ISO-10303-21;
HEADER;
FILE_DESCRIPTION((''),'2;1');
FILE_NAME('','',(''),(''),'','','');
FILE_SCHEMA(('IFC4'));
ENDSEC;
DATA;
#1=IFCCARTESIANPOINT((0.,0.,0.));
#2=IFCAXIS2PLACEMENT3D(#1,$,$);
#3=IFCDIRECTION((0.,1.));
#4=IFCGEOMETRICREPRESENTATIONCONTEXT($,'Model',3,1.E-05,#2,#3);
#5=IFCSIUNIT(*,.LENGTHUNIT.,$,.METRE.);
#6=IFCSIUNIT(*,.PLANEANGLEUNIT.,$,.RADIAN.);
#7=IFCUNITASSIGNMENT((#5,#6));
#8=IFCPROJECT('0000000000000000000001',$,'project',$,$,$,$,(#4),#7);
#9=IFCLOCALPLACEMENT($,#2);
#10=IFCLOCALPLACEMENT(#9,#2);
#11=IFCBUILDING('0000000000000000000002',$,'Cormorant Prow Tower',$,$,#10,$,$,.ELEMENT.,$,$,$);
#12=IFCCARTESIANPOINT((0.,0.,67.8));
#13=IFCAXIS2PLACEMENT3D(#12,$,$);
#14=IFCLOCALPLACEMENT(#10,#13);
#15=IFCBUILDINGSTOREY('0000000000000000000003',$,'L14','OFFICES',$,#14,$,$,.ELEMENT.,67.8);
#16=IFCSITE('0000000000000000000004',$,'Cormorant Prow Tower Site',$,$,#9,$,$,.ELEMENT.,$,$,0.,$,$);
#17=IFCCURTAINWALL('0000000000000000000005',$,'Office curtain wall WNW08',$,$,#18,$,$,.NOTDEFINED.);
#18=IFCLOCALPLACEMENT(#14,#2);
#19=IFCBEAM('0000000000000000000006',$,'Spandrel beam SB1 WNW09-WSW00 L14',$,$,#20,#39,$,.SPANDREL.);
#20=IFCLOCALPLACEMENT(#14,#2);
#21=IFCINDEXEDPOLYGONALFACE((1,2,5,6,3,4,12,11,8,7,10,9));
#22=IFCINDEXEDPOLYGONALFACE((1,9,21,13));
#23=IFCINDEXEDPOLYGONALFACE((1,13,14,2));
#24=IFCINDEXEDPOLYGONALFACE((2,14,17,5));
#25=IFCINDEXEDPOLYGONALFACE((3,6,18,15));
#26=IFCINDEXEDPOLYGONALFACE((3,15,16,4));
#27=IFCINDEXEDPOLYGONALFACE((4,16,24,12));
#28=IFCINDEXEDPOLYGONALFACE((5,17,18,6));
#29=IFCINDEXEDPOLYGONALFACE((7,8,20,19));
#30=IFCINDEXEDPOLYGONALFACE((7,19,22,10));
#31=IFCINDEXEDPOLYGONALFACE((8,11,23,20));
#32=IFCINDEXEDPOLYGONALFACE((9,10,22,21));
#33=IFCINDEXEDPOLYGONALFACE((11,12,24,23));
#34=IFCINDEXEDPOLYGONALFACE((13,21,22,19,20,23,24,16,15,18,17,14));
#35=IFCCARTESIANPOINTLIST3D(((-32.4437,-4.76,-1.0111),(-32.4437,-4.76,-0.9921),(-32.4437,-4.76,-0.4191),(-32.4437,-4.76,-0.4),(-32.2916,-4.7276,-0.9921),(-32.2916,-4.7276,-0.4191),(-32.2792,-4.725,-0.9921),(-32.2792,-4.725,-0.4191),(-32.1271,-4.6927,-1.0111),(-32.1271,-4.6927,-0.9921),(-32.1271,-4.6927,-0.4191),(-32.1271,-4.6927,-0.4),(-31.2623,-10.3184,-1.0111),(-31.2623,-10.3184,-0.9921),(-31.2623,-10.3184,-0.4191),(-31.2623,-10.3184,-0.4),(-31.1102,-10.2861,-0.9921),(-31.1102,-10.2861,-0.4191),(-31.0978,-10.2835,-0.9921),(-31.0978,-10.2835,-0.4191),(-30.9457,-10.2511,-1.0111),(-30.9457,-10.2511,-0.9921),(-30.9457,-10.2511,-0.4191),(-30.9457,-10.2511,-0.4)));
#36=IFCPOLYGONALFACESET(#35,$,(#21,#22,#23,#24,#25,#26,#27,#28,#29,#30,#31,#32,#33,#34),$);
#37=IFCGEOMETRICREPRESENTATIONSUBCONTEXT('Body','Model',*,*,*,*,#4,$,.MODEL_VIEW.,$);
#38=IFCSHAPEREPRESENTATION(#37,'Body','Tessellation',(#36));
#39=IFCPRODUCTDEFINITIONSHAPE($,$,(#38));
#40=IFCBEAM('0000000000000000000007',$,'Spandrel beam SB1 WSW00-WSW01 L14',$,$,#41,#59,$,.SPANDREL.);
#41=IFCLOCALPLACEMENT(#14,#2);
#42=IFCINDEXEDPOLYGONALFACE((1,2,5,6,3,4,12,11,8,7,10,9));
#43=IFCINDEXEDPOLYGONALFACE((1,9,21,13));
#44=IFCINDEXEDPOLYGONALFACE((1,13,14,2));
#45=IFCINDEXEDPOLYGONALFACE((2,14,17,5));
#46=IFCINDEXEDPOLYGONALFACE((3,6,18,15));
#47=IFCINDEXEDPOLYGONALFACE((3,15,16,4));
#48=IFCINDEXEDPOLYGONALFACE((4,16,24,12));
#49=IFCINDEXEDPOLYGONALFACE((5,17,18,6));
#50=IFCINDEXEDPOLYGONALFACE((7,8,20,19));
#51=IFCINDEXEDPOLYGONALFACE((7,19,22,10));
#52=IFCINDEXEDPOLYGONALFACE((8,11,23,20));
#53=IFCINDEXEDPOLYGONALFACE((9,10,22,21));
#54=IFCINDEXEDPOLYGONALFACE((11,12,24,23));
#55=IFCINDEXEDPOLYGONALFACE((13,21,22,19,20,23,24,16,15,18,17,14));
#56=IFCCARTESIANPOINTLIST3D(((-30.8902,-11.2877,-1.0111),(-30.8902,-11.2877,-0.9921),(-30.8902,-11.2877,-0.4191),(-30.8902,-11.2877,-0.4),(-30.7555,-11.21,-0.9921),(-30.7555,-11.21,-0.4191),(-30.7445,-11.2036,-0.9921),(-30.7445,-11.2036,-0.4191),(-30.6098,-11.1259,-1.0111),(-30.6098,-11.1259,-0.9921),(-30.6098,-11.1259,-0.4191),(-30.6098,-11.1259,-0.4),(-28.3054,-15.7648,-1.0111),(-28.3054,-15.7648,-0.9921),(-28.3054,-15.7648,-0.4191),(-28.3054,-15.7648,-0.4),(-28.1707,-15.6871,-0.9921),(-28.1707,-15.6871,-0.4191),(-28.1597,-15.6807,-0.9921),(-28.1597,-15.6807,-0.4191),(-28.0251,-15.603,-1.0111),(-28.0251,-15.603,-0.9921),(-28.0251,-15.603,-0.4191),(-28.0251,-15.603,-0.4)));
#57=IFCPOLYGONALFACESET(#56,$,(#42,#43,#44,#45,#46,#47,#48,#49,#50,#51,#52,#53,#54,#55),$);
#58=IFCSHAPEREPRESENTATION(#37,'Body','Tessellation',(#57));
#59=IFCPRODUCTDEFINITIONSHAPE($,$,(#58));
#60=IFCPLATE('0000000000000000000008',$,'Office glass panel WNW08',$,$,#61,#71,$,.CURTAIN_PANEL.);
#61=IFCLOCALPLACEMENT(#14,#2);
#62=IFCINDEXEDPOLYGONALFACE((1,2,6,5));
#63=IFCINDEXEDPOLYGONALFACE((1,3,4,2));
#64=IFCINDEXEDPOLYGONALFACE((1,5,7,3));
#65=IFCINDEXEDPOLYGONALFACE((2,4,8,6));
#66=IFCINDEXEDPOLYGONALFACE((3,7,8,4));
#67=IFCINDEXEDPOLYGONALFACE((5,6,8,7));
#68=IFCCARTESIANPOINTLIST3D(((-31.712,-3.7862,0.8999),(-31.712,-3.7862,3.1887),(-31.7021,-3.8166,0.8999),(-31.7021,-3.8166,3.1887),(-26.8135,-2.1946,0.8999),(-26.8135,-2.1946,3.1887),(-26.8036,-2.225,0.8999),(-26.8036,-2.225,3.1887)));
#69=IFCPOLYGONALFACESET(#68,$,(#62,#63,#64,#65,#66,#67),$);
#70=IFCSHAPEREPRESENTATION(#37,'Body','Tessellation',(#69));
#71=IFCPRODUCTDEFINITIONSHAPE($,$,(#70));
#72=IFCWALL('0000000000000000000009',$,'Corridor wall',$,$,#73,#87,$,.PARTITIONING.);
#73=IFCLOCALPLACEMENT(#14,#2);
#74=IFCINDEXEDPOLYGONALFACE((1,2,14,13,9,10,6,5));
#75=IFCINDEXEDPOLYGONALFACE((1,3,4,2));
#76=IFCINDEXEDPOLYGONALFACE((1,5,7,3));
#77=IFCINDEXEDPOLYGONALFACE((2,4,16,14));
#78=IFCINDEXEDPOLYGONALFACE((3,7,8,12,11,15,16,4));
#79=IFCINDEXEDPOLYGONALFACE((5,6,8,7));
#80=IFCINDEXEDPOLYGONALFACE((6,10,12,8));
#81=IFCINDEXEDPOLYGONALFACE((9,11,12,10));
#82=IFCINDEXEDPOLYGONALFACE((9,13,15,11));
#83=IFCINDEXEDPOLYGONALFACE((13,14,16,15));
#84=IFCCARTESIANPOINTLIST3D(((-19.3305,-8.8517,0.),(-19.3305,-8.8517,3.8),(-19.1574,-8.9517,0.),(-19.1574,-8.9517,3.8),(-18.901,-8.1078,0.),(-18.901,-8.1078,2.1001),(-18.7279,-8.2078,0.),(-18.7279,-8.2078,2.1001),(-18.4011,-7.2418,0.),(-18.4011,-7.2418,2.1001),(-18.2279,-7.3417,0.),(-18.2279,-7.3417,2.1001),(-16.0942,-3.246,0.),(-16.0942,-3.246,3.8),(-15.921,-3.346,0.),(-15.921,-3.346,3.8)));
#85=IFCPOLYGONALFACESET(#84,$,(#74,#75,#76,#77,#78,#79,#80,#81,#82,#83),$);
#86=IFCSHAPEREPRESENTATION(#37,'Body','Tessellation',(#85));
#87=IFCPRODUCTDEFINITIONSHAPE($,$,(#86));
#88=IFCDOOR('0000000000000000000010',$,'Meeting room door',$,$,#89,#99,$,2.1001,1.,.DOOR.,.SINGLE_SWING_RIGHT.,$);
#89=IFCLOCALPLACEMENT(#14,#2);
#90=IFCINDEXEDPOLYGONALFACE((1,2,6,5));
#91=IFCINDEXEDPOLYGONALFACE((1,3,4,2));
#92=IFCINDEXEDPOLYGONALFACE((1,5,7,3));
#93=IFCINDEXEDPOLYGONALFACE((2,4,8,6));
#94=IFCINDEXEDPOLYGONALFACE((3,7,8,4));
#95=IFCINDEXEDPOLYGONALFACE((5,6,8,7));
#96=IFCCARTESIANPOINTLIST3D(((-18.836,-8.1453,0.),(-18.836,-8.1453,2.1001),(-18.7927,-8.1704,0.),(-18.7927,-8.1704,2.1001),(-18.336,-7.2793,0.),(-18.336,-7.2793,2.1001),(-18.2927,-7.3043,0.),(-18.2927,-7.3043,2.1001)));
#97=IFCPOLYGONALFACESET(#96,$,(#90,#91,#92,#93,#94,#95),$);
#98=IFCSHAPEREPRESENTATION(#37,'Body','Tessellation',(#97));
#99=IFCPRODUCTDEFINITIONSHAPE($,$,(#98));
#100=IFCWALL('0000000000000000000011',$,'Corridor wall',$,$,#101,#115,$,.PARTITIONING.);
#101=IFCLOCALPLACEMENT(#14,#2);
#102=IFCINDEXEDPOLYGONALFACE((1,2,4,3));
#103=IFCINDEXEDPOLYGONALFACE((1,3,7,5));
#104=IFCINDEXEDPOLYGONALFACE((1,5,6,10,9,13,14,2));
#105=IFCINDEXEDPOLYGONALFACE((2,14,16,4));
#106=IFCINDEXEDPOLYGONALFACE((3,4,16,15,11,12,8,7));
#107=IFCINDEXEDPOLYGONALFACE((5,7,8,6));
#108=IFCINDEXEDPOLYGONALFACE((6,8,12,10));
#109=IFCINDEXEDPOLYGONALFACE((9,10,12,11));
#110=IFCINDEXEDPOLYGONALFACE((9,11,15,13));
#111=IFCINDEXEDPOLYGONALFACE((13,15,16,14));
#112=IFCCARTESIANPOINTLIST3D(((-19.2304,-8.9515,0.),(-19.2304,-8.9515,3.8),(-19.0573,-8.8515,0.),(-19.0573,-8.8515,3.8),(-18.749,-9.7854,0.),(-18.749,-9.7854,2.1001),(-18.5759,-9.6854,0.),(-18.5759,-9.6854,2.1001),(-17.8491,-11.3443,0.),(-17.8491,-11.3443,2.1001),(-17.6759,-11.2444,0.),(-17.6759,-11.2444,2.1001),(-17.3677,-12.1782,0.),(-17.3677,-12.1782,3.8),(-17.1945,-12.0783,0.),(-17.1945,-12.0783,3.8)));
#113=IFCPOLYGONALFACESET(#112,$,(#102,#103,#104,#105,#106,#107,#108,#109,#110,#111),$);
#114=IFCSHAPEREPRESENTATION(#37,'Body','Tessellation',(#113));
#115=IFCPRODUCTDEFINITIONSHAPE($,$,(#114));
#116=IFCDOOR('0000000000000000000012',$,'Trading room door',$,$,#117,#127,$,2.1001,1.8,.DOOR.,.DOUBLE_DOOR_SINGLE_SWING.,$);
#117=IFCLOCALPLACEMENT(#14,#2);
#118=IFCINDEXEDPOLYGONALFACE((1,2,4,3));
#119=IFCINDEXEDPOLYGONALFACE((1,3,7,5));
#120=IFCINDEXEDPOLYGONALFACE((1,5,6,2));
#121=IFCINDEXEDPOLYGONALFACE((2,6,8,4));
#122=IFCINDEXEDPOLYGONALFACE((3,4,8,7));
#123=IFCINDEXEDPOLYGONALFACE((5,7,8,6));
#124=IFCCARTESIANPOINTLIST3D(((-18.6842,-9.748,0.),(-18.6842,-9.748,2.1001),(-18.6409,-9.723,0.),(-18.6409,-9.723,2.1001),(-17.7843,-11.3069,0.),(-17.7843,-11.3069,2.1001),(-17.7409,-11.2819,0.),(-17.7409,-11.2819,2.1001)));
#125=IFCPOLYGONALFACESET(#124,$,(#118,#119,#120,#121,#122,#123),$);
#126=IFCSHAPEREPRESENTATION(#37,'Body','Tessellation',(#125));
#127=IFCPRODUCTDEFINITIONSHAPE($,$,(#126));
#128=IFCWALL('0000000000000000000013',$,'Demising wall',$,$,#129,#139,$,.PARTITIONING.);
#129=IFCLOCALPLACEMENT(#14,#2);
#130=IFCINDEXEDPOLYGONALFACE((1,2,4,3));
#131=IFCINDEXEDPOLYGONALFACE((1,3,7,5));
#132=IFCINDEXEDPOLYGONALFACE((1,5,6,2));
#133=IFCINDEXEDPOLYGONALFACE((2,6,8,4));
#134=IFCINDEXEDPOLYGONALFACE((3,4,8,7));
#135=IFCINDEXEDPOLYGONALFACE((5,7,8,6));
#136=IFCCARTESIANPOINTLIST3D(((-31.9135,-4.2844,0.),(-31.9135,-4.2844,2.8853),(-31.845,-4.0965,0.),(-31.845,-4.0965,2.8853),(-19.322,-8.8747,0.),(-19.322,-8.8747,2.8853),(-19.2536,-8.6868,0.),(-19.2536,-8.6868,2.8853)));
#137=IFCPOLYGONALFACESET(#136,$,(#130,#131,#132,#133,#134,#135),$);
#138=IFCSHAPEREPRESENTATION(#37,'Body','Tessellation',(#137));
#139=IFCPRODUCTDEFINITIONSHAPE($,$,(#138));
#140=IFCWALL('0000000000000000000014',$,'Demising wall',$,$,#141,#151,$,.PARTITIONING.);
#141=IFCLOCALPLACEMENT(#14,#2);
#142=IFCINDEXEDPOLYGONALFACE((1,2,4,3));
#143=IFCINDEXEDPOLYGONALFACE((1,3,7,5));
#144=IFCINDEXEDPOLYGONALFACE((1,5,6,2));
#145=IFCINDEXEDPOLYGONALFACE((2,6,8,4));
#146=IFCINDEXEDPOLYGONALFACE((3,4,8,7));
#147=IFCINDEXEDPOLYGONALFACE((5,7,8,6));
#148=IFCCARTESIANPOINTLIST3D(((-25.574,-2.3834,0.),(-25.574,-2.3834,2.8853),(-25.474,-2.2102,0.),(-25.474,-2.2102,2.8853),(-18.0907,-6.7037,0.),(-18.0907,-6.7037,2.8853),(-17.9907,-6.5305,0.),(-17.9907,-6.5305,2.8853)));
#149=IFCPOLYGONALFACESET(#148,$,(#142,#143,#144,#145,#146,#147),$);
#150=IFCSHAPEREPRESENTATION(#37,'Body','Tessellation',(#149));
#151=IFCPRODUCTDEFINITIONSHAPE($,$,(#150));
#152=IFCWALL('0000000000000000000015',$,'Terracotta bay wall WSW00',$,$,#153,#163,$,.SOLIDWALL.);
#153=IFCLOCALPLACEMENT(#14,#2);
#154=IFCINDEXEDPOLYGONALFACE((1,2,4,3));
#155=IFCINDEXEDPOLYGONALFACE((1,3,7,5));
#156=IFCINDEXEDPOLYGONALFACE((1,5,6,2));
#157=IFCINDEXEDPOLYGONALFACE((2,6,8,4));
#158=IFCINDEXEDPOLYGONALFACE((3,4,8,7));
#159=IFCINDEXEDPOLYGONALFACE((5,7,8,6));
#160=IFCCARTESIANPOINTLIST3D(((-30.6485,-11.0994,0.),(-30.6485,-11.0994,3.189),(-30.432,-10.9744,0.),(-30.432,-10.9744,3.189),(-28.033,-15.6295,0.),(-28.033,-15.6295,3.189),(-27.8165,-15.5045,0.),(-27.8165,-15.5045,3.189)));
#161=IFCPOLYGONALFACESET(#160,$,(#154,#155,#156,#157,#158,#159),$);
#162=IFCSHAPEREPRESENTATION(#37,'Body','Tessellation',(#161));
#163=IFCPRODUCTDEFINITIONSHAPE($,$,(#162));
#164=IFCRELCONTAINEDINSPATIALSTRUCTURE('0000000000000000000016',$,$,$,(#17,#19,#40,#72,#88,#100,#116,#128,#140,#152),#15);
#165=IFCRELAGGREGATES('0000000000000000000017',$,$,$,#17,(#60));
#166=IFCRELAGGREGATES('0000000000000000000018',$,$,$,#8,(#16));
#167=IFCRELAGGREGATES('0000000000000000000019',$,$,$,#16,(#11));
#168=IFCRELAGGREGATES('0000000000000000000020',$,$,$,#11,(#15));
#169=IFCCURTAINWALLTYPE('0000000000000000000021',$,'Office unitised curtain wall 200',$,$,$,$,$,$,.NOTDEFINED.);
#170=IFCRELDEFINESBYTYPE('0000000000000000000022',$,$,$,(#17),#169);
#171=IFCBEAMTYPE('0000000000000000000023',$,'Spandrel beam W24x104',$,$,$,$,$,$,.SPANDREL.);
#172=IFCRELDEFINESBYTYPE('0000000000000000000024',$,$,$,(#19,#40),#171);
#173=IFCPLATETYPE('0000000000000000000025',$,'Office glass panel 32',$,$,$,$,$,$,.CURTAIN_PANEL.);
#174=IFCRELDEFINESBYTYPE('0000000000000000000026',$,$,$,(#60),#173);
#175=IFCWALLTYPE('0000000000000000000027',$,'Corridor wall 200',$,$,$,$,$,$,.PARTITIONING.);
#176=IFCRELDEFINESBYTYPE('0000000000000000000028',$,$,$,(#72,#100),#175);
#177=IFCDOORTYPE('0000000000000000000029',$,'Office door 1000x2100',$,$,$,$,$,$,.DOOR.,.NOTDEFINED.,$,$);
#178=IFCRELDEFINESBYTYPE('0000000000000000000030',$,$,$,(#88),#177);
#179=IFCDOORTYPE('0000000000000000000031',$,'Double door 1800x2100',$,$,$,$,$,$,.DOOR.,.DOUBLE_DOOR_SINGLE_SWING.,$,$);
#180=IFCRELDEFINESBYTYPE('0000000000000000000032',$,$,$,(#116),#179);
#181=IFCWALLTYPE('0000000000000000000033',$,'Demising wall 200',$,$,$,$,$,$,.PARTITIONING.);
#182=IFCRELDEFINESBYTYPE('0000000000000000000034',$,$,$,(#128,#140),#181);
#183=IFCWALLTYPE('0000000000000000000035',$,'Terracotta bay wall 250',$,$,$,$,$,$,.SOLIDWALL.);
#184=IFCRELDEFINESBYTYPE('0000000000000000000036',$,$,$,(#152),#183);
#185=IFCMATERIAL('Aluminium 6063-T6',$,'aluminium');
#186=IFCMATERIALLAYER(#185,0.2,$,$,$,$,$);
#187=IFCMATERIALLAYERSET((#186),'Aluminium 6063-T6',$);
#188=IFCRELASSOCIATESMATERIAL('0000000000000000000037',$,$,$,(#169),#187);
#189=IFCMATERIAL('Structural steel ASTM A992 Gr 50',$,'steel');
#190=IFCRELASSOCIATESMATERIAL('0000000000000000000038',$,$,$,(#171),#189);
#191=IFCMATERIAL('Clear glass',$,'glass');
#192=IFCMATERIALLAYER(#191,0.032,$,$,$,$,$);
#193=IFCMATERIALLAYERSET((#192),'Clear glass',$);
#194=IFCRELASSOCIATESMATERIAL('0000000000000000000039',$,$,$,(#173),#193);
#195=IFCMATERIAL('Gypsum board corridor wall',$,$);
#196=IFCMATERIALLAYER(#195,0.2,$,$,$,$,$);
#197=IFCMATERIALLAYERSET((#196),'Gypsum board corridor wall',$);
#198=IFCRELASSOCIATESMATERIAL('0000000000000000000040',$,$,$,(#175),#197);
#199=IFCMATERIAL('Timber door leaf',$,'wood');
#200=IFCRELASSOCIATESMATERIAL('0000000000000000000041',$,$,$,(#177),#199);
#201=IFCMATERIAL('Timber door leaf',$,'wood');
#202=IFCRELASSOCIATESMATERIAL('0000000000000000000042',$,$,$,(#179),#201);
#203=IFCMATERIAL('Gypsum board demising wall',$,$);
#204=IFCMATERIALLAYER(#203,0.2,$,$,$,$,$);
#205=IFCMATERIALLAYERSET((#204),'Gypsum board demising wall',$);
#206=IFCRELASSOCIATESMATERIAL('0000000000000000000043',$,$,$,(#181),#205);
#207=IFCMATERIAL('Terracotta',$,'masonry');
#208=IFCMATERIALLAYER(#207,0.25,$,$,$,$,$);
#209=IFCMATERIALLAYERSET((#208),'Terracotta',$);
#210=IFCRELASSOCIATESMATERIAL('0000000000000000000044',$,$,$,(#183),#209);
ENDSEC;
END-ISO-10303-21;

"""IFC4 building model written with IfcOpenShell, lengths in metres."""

from ifc_helpers import new_model, si_unit, direction, frame, frame_2d, origin, origin_2d, place, context, subcontext, project, spatial, rectangle, i_section, extrude, material, layer, layer_set, material_profile, profile_set, type_object, element, fill, aggregate, save


model = new_model("IFC4")

# Units and contexts
model_context = context("Model", 3, precision=1e-05, world=origin(), true_north=direction((0.0, 1.0)))
body_context = subcontext(model_context, "Body", "Model", "MODEL_VIEW")
ifc_project = project(units=[si_unit("LENGTHUNIT", "METRE"), si_unit("PLANEANGLEUNIT", "RADIAN")], contexts=[model_context])

# Site, building, storey
site_placement = place(None, origin())
site = spatial("IfcSite", under=ifc_project, at=site_placement, Name="Cormorant Prow Tower Site", CompositionType="ELEMENT", RefElevation=0.0)
building_placement = place(site_placement, origin())
building = spatial("IfcBuilding", under=site, at=building_placement, Name="Cormorant Prow Tower", CompositionType="ELEMENT")
storey_placement = place(building_placement, frame((0.0, 0.0, 67.8)))
storey = spatial("IfcBuildingStorey", under=building, at=storey_placement, Name="L14", Description="OFFICES", CompositionType="ELEMENT", Elevation=67.8)

# Curtain wall
ifc_material_1 = material(Name="Aluminium 6063-T6", Category="aluminium")
ifc_layer_1 = layer(ifc_material_1, 0.2)
ifc_layer_set_1 = layer_set([ifc_layer_1], Name="Aluminium 6063-T6")
curtain_wall_type = type_object("IfcCurtainWallType", Name="Office unitised curtain wall 200", PredefinedType="NOTDEFINED", material=ifc_layer_set_1)
curtain_wall_placement = place(storey_placement, origin())
curtain_wall = element("IfcCurtainWall", 1, at=curtain_wall_placement, inside=storey, type_object=curtain_wall_type, Name="Office curtain wall WNW08", PredefinedType="NOTDEFINED")

# Beams
ifc_material_2 = material(Name="Structural steel ASTM A992 Gr 50", Category="steel")
ifc_material_profile_1 = material_profile(ifc_material_2, i_section(OverallWidth=0.3237, OverallDepth=0.6111, WebThickness=0.0127, FlangeThickness=0.019, at=origin_2d()), Name="W24x104")
ifc_profile_set_1 = profile_set([ifc_material_profile_1], Name="Structural steel ASTM A992 Gr 50")
beam_type_1 = type_object("IfcBeamType", Name="Spandrel beam W24x104", PredefinedType="SPANDREL", material=ifc_profile_set_1)
beam_1_placement = place(storey_placement, frame((-32.2854, -4.7263, -0.7056), z_axis=(0.2079, -0.97815, 0.0), x_axis=(0.97815, 0.2079, 0.0)))
element("IfcBeam", 2, at=beam_1_placement, inside=storey, type_object=beam_type_1, Name="Spandrel beam SB1 WNW09-WSW00 L14", PredefinedType="SPANDREL", context=body_context, shape_type="SweptSolid", body=[
    extrude(i_section(OverallWidth=0.3237, OverallDepth=0.6111, WebThickness=0.0127, FlangeThickness=0.019, at=origin_2d()), origin(), (0.0, 0.0, 1.0), 5.6826),
])
beam_2_placement = place(storey_placement, frame((-30.75, -11.2068, -0.7056), z_axis=(0.499984, -0.866035, 0.0), x_axis=(0.866035, 0.499984, 0.0)))
element("IfcBeam", 3, at=beam_2_placement, inside=storey, type_object=beam_type_1, Name="Spandrel beam SB1 WSW00-WSW01 L14", PredefinedType="SPANDREL", context=body_context, shape_type="SweptSolid", body=[
    extrude(i_section(OverallWidth=0.3237, OverallDepth=0.6111, WebThickness=0.0127, FlangeThickness=0.019, at=origin_2d()), origin(), (0.0, 0.0, 1.0), 5.1697),
])

# Plate
ifc_material_3 = material(Name="Clear glass", Category="glass")
ifc_layer_2 = layer(ifc_material_3, 0.032)
ifc_layer_set_2 = layer_set([ifc_layer_2], Name="Clear glass")
plate_type = type_object("IfcPlateType", Name="Office glass panel 32", PredefinedType="CURTAIN_PANEL", material=ifc_layer_set_2)
plate_placement = place(storey_placement, frame((-29.2578, -3.0056, 0.8999), z_axis=(0.0, 0.0, 1.0), x_axis=(-0.951057, -0.309017, 0.0)))
plate = element("IfcPlate", 4, at=plate_placement, type_object=plate_type, Name="Office glass panel WNW08", PredefinedType="CURTAIN_PANEL", context=body_context, shape_type="SweptSolid", body=[
    extrude(rectangle(XDim=5.1506, YDim=0.032, at=origin_2d()), origin(), (0.0, 0.0, 1.0), 2.2888),
])
aggregate(curtain_wall, [plate])

# Walls, openings, doors
ifc_material_4 = material(Name="Gypsum board corridor wall")
ifc_layer_3 = layer(ifc_material_4, 0.2)
ifc_layer_set_3 = layer_set([ifc_layer_3], Name="Gypsum board corridor wall")
wall_type_1 = type_object("IfcWallType", Name="Corridor wall 200", PredefinedType="PARTITIONING", material=ifc_layer_set_3)
wall_1_placement = place(storey_placement, frame((-19.2439, -8.9016, 0.0), z_axis=(0.0, 0.0, 1.0), x_axis=(0.499985, 0.866034, 0.0)))
wall_1 = element("IfcWall", 5, at=wall_1_placement, inside=storey, type_object=wall_type_1, Name="Corridor wall", PredefinedType="PARTITIONING", context=body_context, shape_type="SweptSolid", body=[
    extrude(rectangle(XDim=6.4729, YDim=0.2, at=frame_2d((3.2363, 0.0))), origin(), (0.0, 0.0, 1.0), 3.8),
])
opening_1_placement = place(wall_1_placement, frame((0.8589, 0.0, 0.0)))
opening_1 = element("IfcOpeningElement", 6, at=opening_1_placement, cuts=wall_1, PredefinedType="OPENING", context=body_context, shape_type="SweptSolid", body=[
    extrude(rectangle(XDim=1.0, YDim=2.1001, at=frame_2d((0.5, 1.05))), frame((0.0, 0.1099, 0.0), z_axis=(0.0, -1.0, 0.0), x_axis=(1.0, 0.0, 0.0)), (0.0, 0.0, 1.0), 0.22),
])
ifc_material_5 = material(Name="Timber door leaf", Category="wood")
door_type_1 = type_object("IfcDoorType", Name="Office door 1000x2100", OperationType="NOTDEFINED", PredefinedType="DOOR", material=ifc_material_5)
door_1_placement = place(opening_1_placement, origin())
door_1 = element("IfcDoor", 7, at=door_1_placement, inside=storey, type_object=door_type_1, Name="Meeting room door", OperationType="SINGLE_SWING_RIGHT", OverallHeight=2.1001, OverallWidth=1.0, PredefinedType="DOOR", context=body_context, shape_type="SweptSolid", body=[
    extrude(rectangle(XDim=1.0, YDim=2.1001, at=frame_2d((0.5, 1.05))), frame((0.0, 0.0249, 0.0), z_axis=(0.0, -1.0, 0.0), x_axis=(1.0, 0.0, 0.0)), (0.0, 0.0, 1.0), 0.05),
])
fill(opening_1, door_1)
wall_2_placement = place(storey_placement, frame((-19.1438, -8.9016, 0.0), z_axis=(0.0, 0.0, 1.0), x_axis=(0.499959, -0.866049, 0.0)))
wall_2 = element("IfcWall", 8, at=wall_2_placement, inside=storey, type_object=wall_type_1, Name="Corridor wall", PredefinedType="PARTITIONING", context=body_context, shape_type="SweptSolid", body=[
    extrude(rectangle(XDim=3.7258, YDim=0.2, at=frame_2d((1.8628, 0.0))), origin(), (0.0, 0.0, 1.0), 3.8),
])
opening_2_placement = place(wall_2_placement, frame((0.9629, 0.0, 0.0)))
opening_2 = element("IfcOpeningElement", 9, at=opening_2_placement, cuts=wall_2, PredefinedType="OPENING", context=body_context, shape_type="SweptSolid", body=[
    extrude(rectangle(XDim=1.8, YDim=2.1001, at=frame_2d((0.8999, 1.05))), frame((0.0, 0.1099, 0.0), z_axis=(0.0, -1.0, 0.0), x_axis=(1.0, 0.0, 0.0)), (0.0, 0.0, 1.0), 0.22),
])
ifc_material_6 = material(Name="Timber door leaf", Category="wood")
door_type_2 = type_object("IfcDoorType", Name="Double door 1800x2100", OperationType="DOUBLE_DOOR_SINGLE_SWING", PredefinedType="DOOR", material=ifc_material_6)
door_2_placement = place(opening_2_placement, origin())
door_2 = element("IfcDoor", 10, at=door_2_placement, inside=storey, type_object=door_type_2, Name="Trading room door", OperationType="DOUBLE_DOOR_SINGLE_SWING", OverallHeight=2.1001, OverallWidth=1.8, PredefinedType="DOOR", context=body_context, shape_type="SweptSolid", body=[
    extrude(rectangle(XDim=1.8, YDim=2.1001, at=frame_2d((0.8999, 1.05))), frame((0.0, 0.0249, 0.0), z_axis=(0.0, -1.0, 0.0), x_axis=(1.0, 0.0, 0.0)), (0.0, 0.0, 1.0), 0.05),
])
fill(opening_2, door_2)

# Walls
ifc_material_7 = material(Name="Gypsum board demising wall")
ifc_layer_4 = layer(ifc_material_7, 0.2)
ifc_layer_set_4 = layer_set([ifc_layer_4], Name="Gypsum board demising wall")
wall_type_2 = type_object("IfcWallType", Name="Demising wall 200", PredefinedType="PARTITIONING", material=ifc_layer_set_4)
wall_3_placement = place(storey_placement, frame((-31.8794, -4.1904, 0.0), z_axis=(0.0, 0.0, 1.0), x_axis=(0.939515, -0.342506, 0.0)))
element("IfcWall", 11, at=wall_3_placement, inside=storey, type_object=wall_type_2, Name="Demising wall", PredefinedType="PARTITIONING", context=body_context, shape_type="SweptSolid", body=[
    extrude(rectangle(XDim=13.4021, YDim=0.2, at=frame_2d((6.7012, 0.0))), origin(), (0.0, 0.0, 1.0), 2.8853),
])
wall_4_placement = place(storey_placement, frame((-25.5239, -2.2969, 0.0), z_axis=(0.0, 0.0, 1.0), x_axis=(0.866037, -0.49998, 0.0)))
element("IfcWall", 12, at=wall_4_placement, inside=storey, type_object=wall_type_2, Name="Demising wall", PredefinedType="PARTITIONING", context=body_context, shape_type="SweptSolid", body=[
    extrude(rectangle(XDim=8.6409, YDim=0.2, at=frame_2d((4.3203, 0.0))), origin(), (0.0, 0.0, 1.0), 2.8853),
])
ifc_material_8 = material(Name="Terracotta", Category="masonry")
ifc_layer_5 = layer(ifc_material_8, 0.25)
ifc_layer_set_5 = layer_set([ifc_layer_5], Name="Terracotta")
wall_type_3 = type_object("IfcWallType", Name="Terracotta bay wall 250", PredefinedType="SOLIDWALL", material=ifc_layer_set_5)
wall_5_placement = place(storey_placement, frame((-30.5403, -11.0369, 0.0), z_axis=(0.0, 0.0, 1.0), x_axis=(0.500009, -0.86602, 0.0)))
element("IfcWall", 13, at=wall_5_placement, inside=storey, type_object=wall_type_3, Name="Terracotta bay wall WSW00", PredefinedType="SOLIDWALL", context=body_context, shape_type="SweptSolid", body=[
    extrude(rectangle(XDim=5.231, YDim=0.25, at=frame_2d((2.6155, 0.0))), origin(), (0.0, 0.0, 1.0), 3.189),
])

save(model, "model.ifc")
